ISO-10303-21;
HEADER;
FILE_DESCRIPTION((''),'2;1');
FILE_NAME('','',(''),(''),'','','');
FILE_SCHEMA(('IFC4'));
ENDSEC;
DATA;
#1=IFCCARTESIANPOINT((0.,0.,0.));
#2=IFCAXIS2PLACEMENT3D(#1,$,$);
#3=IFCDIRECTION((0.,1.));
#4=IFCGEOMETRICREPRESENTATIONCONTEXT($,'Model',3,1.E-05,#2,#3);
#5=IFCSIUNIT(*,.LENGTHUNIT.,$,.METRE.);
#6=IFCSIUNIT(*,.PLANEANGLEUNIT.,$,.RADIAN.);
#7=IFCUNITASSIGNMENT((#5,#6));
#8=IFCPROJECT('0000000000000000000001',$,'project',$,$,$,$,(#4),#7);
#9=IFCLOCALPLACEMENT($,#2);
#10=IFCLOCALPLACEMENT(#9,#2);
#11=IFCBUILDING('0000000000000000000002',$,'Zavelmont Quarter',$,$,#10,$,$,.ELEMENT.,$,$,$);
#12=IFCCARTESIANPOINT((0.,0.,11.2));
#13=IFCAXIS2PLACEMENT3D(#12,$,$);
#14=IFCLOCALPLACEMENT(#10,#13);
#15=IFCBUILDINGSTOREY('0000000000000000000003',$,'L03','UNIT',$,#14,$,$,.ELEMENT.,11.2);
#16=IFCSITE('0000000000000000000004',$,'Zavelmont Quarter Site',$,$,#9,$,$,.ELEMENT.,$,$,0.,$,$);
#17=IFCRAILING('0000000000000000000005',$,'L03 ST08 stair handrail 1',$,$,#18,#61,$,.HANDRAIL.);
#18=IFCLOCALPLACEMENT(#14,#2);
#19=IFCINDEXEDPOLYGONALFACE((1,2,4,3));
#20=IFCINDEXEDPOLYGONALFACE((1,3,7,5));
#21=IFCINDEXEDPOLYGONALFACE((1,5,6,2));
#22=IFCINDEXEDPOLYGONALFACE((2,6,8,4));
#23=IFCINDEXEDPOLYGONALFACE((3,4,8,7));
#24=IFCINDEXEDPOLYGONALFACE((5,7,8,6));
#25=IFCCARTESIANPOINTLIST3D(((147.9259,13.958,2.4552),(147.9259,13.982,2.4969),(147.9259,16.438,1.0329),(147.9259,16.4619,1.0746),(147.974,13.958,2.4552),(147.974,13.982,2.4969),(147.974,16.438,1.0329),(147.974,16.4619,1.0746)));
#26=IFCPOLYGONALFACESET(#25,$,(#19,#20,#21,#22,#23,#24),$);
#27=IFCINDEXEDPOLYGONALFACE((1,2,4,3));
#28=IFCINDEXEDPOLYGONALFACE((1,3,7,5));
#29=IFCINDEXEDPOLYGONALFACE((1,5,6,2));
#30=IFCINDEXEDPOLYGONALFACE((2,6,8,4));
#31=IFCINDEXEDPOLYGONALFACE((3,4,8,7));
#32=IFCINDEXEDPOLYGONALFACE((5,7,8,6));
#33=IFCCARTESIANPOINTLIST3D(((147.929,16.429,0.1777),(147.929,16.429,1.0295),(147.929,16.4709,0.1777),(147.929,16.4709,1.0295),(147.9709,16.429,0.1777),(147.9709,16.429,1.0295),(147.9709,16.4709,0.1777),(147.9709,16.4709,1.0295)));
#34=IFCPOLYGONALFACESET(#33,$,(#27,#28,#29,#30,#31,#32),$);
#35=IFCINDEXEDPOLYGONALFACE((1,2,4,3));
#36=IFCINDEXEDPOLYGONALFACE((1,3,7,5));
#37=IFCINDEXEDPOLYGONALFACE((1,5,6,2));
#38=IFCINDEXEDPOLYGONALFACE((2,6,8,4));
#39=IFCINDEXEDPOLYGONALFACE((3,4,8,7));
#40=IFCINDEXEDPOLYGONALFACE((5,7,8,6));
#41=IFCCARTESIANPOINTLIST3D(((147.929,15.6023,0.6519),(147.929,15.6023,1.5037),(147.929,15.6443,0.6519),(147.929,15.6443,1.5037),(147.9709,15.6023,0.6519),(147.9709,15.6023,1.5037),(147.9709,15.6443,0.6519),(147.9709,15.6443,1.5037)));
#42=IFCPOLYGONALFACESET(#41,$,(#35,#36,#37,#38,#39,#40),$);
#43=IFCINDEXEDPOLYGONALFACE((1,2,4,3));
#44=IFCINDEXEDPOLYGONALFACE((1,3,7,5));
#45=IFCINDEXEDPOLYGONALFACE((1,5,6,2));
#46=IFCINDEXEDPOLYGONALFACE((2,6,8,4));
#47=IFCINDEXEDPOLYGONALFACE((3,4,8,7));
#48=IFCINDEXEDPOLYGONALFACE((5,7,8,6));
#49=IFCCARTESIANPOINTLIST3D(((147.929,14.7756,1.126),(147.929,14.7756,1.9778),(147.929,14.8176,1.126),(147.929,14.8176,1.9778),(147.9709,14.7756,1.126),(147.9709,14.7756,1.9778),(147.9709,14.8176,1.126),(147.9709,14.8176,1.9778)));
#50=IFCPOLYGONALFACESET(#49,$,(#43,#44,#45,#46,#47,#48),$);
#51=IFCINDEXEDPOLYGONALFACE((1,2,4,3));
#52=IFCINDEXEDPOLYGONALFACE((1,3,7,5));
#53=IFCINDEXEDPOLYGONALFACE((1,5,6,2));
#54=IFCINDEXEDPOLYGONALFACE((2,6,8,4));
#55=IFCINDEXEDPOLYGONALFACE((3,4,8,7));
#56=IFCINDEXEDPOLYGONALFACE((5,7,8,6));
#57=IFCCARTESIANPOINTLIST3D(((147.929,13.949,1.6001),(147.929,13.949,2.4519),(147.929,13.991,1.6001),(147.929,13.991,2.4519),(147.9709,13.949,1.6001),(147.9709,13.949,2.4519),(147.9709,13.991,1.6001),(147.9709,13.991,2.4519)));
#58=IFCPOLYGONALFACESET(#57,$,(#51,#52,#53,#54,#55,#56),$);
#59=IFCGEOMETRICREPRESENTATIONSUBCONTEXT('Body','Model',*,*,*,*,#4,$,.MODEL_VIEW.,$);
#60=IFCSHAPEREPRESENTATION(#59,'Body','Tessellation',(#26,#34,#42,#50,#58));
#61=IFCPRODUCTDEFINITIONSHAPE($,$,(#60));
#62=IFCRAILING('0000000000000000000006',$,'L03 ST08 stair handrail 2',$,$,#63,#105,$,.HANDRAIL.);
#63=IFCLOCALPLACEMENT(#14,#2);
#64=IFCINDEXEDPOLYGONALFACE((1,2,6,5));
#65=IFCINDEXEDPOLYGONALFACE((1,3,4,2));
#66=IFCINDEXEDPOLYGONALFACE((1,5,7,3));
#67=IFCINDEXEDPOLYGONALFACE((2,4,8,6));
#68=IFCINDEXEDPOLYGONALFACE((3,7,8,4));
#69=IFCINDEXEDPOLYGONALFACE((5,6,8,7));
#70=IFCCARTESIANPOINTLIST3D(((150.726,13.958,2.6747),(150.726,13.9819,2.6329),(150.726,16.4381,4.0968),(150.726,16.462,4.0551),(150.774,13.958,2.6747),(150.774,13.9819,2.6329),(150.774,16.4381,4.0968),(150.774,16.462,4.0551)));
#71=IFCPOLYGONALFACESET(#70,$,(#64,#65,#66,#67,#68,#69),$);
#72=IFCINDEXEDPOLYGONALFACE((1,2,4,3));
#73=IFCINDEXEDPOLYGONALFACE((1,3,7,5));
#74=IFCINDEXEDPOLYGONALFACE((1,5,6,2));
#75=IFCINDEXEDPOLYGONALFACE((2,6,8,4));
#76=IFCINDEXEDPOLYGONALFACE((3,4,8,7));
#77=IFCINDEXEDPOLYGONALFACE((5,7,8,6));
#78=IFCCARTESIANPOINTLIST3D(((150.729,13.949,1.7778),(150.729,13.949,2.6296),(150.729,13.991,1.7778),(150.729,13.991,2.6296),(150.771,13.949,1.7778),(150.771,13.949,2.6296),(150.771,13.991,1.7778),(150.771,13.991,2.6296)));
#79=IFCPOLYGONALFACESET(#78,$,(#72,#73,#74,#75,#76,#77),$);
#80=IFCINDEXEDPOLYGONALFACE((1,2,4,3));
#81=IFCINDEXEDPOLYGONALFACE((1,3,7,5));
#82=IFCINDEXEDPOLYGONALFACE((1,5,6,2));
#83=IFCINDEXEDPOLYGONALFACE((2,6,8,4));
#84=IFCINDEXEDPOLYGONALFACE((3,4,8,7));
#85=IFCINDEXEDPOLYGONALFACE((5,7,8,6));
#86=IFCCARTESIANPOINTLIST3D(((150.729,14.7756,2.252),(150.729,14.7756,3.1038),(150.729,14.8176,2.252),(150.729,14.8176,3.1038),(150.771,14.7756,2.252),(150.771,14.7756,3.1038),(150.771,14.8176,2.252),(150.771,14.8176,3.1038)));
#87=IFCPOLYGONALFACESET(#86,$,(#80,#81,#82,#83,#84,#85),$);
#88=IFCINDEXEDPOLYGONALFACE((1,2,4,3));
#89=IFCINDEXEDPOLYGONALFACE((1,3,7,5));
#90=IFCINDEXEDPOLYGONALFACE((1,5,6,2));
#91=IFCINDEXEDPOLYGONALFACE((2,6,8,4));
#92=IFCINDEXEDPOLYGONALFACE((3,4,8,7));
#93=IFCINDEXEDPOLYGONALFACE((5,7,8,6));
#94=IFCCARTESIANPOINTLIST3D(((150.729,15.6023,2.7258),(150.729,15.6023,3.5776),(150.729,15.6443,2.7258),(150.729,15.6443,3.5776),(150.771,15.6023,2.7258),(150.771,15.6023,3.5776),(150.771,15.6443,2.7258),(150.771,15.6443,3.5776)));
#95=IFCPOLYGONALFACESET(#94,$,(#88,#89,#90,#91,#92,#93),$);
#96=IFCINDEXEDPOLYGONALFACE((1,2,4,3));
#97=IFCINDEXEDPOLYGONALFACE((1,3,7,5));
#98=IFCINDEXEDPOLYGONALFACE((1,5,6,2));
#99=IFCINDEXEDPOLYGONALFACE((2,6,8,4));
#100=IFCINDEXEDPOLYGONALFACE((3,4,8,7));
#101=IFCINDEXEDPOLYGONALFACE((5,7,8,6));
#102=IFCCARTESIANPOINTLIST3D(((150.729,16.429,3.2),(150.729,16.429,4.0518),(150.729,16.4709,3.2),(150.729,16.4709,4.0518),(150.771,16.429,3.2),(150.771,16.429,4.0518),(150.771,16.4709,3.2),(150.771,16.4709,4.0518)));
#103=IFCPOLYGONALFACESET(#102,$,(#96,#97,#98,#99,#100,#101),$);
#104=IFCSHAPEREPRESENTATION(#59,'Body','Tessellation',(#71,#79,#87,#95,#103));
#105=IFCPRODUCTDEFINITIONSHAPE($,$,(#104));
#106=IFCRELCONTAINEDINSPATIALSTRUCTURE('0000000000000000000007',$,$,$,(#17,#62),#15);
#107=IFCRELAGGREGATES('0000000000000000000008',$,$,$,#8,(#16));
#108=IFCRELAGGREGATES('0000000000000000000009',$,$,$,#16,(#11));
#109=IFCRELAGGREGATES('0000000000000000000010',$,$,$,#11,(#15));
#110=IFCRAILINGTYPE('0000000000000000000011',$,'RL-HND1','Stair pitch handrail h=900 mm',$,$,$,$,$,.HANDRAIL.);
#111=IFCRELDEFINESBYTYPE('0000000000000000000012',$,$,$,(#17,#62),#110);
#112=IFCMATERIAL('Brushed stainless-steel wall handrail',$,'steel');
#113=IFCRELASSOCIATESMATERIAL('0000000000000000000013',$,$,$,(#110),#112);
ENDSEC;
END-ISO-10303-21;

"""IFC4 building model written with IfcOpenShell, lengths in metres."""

from ifc_helpers import new_model, si_unit, direction, frame, origin, origin_2d, place, context, subcontext, project, spatial, rectangle, extrude, material, type_object, element, save


model = new_model("IFC4")

# Units and contexts
model_context = context("Model", 3, precision=1e-05, world=origin(), true_north=direction((0.0, 1.0)))
body_context = subcontext(model_context, "Body", "Model", "MODEL_VIEW")
ifc_project = project(units=[si_unit("LENGTHUNIT", "METRE"), si_unit("PLANEANGLEUNIT", "RADIAN")], contexts=[model_context])

# Site, building, storey
site_placement = place(None, origin())
site = spatial("IfcSite", under=ifc_project, at=site_placement, Name="Zavelmont Quarter Site", CompositionType="ELEMENT", RefElevation=0.0)
building_placement = place(site_placement, origin())
building = spatial("IfcBuilding", under=site, at=building_placement, Name="Zavelmont Quarter", CompositionType="ELEMENT")
storey_placement = place(building_placement, frame((0.0, 0.0, 11.2)))
storey = spatial("IfcBuildingStorey", under=building, at=storey_placement, Name="L03", Description="UNIT", CompositionType="ELEMENT", Elevation=11.2)

# Railings
ifc_material_1 = material(Name="Brushed stainless-steel wall handrail", Category="steel")
railing_type_1 = type_object("IfcRailingType", Name="RL-HND1", Description="Stair pitch handrail h=900 mm", PredefinedType="HANDRAIL", material=ifc_material_1)
railing_1_placement = place(storey_placement, frame((147.95, 16.45, 0.1777)))
element("IfcRailing", 1, at=railing_1_placement, inside=storey, type_object=railing_type_1, Name="L03 ST08 stair handrail 1", PredefinedType="HANDRAIL", context=body_context, shape_type="SweptSolid", body=[
    extrude(rectangle(XDim=0.0481, YDim=0.0481, at=origin_2d()), frame((0.0, 0.0, 0.876), z_axis=(0.0, -0.867454, 0.497518), x_axis=(1.0, 0.0, 0.0)), (0.0, 0.0, 1.0), 2.8589),
    extrude(rectangle(XDim=0.042, YDim=0.042, at=origin_2d()), origin(), (0.0, 0.0, 1.0), 0.8518),
    extrude(rectangle(XDim=0.042, YDim=0.042, at=origin_2d()), frame((0.0, -0.8267, 0.4741)), (0.0, 0.0, 1.0), 0.8518),
    extrude(rectangle(XDim=0.042, YDim=0.042, at=origin_2d()), frame((0.0, -1.6533, 0.9482)), (0.0, 0.0, 1.0), 0.8518),
    extrude(rectangle(XDim=0.042, YDim=0.042, at=origin_2d()), frame((0.0, -2.48, 1.4224)), (0.0, 0.0, 1.0), 0.8518),
])
railing_2_placement = place(storey_placement, frame((150.75, 13.97, 1.7778)))
element("IfcRailing", 2, at=railing_2_placement, inside=storey, type_object=railing_type_1, Name="L03 ST08 stair handrail 2", PredefinedType="HANDRAIL", context=body_context, shape_type="SweptSolid", body=[
    extrude(rectangle(XDim=0.0481, YDim=0.0481, at=origin_2d()), frame((0.0, 0.0, 0.876), z_axis=(0.0, 0.867491, 0.497454), x_axis=(-1.0, 0.0, 0.0)), (0.0, 0.0, 1.0), 2.8589),
    extrude(rectangle(XDim=0.042, YDim=0.042, at=origin_2d()), origin(), (0.0, 0.0, 1.0), 0.8518),
    extrude(rectangle(XDim=0.042, YDim=0.042, at=origin_2d()), frame((0.0, 0.8267, 0.4741)), (0.0, 0.0, 1.0), 0.8518),
    extrude(rectangle(XDim=0.042, YDim=0.042, at=origin_2d()), frame((0.0, 1.6533, 0.948)), (0.0, 0.0, 1.0), 0.8518),
    extrude(rectangle(XDim=0.042, YDim=0.042, at=origin_2d()), frame((0.0, 2.48, 1.4221)), (0.0, 0.0, 1.0), 0.8518),
])

save(model, "model.ifc")
